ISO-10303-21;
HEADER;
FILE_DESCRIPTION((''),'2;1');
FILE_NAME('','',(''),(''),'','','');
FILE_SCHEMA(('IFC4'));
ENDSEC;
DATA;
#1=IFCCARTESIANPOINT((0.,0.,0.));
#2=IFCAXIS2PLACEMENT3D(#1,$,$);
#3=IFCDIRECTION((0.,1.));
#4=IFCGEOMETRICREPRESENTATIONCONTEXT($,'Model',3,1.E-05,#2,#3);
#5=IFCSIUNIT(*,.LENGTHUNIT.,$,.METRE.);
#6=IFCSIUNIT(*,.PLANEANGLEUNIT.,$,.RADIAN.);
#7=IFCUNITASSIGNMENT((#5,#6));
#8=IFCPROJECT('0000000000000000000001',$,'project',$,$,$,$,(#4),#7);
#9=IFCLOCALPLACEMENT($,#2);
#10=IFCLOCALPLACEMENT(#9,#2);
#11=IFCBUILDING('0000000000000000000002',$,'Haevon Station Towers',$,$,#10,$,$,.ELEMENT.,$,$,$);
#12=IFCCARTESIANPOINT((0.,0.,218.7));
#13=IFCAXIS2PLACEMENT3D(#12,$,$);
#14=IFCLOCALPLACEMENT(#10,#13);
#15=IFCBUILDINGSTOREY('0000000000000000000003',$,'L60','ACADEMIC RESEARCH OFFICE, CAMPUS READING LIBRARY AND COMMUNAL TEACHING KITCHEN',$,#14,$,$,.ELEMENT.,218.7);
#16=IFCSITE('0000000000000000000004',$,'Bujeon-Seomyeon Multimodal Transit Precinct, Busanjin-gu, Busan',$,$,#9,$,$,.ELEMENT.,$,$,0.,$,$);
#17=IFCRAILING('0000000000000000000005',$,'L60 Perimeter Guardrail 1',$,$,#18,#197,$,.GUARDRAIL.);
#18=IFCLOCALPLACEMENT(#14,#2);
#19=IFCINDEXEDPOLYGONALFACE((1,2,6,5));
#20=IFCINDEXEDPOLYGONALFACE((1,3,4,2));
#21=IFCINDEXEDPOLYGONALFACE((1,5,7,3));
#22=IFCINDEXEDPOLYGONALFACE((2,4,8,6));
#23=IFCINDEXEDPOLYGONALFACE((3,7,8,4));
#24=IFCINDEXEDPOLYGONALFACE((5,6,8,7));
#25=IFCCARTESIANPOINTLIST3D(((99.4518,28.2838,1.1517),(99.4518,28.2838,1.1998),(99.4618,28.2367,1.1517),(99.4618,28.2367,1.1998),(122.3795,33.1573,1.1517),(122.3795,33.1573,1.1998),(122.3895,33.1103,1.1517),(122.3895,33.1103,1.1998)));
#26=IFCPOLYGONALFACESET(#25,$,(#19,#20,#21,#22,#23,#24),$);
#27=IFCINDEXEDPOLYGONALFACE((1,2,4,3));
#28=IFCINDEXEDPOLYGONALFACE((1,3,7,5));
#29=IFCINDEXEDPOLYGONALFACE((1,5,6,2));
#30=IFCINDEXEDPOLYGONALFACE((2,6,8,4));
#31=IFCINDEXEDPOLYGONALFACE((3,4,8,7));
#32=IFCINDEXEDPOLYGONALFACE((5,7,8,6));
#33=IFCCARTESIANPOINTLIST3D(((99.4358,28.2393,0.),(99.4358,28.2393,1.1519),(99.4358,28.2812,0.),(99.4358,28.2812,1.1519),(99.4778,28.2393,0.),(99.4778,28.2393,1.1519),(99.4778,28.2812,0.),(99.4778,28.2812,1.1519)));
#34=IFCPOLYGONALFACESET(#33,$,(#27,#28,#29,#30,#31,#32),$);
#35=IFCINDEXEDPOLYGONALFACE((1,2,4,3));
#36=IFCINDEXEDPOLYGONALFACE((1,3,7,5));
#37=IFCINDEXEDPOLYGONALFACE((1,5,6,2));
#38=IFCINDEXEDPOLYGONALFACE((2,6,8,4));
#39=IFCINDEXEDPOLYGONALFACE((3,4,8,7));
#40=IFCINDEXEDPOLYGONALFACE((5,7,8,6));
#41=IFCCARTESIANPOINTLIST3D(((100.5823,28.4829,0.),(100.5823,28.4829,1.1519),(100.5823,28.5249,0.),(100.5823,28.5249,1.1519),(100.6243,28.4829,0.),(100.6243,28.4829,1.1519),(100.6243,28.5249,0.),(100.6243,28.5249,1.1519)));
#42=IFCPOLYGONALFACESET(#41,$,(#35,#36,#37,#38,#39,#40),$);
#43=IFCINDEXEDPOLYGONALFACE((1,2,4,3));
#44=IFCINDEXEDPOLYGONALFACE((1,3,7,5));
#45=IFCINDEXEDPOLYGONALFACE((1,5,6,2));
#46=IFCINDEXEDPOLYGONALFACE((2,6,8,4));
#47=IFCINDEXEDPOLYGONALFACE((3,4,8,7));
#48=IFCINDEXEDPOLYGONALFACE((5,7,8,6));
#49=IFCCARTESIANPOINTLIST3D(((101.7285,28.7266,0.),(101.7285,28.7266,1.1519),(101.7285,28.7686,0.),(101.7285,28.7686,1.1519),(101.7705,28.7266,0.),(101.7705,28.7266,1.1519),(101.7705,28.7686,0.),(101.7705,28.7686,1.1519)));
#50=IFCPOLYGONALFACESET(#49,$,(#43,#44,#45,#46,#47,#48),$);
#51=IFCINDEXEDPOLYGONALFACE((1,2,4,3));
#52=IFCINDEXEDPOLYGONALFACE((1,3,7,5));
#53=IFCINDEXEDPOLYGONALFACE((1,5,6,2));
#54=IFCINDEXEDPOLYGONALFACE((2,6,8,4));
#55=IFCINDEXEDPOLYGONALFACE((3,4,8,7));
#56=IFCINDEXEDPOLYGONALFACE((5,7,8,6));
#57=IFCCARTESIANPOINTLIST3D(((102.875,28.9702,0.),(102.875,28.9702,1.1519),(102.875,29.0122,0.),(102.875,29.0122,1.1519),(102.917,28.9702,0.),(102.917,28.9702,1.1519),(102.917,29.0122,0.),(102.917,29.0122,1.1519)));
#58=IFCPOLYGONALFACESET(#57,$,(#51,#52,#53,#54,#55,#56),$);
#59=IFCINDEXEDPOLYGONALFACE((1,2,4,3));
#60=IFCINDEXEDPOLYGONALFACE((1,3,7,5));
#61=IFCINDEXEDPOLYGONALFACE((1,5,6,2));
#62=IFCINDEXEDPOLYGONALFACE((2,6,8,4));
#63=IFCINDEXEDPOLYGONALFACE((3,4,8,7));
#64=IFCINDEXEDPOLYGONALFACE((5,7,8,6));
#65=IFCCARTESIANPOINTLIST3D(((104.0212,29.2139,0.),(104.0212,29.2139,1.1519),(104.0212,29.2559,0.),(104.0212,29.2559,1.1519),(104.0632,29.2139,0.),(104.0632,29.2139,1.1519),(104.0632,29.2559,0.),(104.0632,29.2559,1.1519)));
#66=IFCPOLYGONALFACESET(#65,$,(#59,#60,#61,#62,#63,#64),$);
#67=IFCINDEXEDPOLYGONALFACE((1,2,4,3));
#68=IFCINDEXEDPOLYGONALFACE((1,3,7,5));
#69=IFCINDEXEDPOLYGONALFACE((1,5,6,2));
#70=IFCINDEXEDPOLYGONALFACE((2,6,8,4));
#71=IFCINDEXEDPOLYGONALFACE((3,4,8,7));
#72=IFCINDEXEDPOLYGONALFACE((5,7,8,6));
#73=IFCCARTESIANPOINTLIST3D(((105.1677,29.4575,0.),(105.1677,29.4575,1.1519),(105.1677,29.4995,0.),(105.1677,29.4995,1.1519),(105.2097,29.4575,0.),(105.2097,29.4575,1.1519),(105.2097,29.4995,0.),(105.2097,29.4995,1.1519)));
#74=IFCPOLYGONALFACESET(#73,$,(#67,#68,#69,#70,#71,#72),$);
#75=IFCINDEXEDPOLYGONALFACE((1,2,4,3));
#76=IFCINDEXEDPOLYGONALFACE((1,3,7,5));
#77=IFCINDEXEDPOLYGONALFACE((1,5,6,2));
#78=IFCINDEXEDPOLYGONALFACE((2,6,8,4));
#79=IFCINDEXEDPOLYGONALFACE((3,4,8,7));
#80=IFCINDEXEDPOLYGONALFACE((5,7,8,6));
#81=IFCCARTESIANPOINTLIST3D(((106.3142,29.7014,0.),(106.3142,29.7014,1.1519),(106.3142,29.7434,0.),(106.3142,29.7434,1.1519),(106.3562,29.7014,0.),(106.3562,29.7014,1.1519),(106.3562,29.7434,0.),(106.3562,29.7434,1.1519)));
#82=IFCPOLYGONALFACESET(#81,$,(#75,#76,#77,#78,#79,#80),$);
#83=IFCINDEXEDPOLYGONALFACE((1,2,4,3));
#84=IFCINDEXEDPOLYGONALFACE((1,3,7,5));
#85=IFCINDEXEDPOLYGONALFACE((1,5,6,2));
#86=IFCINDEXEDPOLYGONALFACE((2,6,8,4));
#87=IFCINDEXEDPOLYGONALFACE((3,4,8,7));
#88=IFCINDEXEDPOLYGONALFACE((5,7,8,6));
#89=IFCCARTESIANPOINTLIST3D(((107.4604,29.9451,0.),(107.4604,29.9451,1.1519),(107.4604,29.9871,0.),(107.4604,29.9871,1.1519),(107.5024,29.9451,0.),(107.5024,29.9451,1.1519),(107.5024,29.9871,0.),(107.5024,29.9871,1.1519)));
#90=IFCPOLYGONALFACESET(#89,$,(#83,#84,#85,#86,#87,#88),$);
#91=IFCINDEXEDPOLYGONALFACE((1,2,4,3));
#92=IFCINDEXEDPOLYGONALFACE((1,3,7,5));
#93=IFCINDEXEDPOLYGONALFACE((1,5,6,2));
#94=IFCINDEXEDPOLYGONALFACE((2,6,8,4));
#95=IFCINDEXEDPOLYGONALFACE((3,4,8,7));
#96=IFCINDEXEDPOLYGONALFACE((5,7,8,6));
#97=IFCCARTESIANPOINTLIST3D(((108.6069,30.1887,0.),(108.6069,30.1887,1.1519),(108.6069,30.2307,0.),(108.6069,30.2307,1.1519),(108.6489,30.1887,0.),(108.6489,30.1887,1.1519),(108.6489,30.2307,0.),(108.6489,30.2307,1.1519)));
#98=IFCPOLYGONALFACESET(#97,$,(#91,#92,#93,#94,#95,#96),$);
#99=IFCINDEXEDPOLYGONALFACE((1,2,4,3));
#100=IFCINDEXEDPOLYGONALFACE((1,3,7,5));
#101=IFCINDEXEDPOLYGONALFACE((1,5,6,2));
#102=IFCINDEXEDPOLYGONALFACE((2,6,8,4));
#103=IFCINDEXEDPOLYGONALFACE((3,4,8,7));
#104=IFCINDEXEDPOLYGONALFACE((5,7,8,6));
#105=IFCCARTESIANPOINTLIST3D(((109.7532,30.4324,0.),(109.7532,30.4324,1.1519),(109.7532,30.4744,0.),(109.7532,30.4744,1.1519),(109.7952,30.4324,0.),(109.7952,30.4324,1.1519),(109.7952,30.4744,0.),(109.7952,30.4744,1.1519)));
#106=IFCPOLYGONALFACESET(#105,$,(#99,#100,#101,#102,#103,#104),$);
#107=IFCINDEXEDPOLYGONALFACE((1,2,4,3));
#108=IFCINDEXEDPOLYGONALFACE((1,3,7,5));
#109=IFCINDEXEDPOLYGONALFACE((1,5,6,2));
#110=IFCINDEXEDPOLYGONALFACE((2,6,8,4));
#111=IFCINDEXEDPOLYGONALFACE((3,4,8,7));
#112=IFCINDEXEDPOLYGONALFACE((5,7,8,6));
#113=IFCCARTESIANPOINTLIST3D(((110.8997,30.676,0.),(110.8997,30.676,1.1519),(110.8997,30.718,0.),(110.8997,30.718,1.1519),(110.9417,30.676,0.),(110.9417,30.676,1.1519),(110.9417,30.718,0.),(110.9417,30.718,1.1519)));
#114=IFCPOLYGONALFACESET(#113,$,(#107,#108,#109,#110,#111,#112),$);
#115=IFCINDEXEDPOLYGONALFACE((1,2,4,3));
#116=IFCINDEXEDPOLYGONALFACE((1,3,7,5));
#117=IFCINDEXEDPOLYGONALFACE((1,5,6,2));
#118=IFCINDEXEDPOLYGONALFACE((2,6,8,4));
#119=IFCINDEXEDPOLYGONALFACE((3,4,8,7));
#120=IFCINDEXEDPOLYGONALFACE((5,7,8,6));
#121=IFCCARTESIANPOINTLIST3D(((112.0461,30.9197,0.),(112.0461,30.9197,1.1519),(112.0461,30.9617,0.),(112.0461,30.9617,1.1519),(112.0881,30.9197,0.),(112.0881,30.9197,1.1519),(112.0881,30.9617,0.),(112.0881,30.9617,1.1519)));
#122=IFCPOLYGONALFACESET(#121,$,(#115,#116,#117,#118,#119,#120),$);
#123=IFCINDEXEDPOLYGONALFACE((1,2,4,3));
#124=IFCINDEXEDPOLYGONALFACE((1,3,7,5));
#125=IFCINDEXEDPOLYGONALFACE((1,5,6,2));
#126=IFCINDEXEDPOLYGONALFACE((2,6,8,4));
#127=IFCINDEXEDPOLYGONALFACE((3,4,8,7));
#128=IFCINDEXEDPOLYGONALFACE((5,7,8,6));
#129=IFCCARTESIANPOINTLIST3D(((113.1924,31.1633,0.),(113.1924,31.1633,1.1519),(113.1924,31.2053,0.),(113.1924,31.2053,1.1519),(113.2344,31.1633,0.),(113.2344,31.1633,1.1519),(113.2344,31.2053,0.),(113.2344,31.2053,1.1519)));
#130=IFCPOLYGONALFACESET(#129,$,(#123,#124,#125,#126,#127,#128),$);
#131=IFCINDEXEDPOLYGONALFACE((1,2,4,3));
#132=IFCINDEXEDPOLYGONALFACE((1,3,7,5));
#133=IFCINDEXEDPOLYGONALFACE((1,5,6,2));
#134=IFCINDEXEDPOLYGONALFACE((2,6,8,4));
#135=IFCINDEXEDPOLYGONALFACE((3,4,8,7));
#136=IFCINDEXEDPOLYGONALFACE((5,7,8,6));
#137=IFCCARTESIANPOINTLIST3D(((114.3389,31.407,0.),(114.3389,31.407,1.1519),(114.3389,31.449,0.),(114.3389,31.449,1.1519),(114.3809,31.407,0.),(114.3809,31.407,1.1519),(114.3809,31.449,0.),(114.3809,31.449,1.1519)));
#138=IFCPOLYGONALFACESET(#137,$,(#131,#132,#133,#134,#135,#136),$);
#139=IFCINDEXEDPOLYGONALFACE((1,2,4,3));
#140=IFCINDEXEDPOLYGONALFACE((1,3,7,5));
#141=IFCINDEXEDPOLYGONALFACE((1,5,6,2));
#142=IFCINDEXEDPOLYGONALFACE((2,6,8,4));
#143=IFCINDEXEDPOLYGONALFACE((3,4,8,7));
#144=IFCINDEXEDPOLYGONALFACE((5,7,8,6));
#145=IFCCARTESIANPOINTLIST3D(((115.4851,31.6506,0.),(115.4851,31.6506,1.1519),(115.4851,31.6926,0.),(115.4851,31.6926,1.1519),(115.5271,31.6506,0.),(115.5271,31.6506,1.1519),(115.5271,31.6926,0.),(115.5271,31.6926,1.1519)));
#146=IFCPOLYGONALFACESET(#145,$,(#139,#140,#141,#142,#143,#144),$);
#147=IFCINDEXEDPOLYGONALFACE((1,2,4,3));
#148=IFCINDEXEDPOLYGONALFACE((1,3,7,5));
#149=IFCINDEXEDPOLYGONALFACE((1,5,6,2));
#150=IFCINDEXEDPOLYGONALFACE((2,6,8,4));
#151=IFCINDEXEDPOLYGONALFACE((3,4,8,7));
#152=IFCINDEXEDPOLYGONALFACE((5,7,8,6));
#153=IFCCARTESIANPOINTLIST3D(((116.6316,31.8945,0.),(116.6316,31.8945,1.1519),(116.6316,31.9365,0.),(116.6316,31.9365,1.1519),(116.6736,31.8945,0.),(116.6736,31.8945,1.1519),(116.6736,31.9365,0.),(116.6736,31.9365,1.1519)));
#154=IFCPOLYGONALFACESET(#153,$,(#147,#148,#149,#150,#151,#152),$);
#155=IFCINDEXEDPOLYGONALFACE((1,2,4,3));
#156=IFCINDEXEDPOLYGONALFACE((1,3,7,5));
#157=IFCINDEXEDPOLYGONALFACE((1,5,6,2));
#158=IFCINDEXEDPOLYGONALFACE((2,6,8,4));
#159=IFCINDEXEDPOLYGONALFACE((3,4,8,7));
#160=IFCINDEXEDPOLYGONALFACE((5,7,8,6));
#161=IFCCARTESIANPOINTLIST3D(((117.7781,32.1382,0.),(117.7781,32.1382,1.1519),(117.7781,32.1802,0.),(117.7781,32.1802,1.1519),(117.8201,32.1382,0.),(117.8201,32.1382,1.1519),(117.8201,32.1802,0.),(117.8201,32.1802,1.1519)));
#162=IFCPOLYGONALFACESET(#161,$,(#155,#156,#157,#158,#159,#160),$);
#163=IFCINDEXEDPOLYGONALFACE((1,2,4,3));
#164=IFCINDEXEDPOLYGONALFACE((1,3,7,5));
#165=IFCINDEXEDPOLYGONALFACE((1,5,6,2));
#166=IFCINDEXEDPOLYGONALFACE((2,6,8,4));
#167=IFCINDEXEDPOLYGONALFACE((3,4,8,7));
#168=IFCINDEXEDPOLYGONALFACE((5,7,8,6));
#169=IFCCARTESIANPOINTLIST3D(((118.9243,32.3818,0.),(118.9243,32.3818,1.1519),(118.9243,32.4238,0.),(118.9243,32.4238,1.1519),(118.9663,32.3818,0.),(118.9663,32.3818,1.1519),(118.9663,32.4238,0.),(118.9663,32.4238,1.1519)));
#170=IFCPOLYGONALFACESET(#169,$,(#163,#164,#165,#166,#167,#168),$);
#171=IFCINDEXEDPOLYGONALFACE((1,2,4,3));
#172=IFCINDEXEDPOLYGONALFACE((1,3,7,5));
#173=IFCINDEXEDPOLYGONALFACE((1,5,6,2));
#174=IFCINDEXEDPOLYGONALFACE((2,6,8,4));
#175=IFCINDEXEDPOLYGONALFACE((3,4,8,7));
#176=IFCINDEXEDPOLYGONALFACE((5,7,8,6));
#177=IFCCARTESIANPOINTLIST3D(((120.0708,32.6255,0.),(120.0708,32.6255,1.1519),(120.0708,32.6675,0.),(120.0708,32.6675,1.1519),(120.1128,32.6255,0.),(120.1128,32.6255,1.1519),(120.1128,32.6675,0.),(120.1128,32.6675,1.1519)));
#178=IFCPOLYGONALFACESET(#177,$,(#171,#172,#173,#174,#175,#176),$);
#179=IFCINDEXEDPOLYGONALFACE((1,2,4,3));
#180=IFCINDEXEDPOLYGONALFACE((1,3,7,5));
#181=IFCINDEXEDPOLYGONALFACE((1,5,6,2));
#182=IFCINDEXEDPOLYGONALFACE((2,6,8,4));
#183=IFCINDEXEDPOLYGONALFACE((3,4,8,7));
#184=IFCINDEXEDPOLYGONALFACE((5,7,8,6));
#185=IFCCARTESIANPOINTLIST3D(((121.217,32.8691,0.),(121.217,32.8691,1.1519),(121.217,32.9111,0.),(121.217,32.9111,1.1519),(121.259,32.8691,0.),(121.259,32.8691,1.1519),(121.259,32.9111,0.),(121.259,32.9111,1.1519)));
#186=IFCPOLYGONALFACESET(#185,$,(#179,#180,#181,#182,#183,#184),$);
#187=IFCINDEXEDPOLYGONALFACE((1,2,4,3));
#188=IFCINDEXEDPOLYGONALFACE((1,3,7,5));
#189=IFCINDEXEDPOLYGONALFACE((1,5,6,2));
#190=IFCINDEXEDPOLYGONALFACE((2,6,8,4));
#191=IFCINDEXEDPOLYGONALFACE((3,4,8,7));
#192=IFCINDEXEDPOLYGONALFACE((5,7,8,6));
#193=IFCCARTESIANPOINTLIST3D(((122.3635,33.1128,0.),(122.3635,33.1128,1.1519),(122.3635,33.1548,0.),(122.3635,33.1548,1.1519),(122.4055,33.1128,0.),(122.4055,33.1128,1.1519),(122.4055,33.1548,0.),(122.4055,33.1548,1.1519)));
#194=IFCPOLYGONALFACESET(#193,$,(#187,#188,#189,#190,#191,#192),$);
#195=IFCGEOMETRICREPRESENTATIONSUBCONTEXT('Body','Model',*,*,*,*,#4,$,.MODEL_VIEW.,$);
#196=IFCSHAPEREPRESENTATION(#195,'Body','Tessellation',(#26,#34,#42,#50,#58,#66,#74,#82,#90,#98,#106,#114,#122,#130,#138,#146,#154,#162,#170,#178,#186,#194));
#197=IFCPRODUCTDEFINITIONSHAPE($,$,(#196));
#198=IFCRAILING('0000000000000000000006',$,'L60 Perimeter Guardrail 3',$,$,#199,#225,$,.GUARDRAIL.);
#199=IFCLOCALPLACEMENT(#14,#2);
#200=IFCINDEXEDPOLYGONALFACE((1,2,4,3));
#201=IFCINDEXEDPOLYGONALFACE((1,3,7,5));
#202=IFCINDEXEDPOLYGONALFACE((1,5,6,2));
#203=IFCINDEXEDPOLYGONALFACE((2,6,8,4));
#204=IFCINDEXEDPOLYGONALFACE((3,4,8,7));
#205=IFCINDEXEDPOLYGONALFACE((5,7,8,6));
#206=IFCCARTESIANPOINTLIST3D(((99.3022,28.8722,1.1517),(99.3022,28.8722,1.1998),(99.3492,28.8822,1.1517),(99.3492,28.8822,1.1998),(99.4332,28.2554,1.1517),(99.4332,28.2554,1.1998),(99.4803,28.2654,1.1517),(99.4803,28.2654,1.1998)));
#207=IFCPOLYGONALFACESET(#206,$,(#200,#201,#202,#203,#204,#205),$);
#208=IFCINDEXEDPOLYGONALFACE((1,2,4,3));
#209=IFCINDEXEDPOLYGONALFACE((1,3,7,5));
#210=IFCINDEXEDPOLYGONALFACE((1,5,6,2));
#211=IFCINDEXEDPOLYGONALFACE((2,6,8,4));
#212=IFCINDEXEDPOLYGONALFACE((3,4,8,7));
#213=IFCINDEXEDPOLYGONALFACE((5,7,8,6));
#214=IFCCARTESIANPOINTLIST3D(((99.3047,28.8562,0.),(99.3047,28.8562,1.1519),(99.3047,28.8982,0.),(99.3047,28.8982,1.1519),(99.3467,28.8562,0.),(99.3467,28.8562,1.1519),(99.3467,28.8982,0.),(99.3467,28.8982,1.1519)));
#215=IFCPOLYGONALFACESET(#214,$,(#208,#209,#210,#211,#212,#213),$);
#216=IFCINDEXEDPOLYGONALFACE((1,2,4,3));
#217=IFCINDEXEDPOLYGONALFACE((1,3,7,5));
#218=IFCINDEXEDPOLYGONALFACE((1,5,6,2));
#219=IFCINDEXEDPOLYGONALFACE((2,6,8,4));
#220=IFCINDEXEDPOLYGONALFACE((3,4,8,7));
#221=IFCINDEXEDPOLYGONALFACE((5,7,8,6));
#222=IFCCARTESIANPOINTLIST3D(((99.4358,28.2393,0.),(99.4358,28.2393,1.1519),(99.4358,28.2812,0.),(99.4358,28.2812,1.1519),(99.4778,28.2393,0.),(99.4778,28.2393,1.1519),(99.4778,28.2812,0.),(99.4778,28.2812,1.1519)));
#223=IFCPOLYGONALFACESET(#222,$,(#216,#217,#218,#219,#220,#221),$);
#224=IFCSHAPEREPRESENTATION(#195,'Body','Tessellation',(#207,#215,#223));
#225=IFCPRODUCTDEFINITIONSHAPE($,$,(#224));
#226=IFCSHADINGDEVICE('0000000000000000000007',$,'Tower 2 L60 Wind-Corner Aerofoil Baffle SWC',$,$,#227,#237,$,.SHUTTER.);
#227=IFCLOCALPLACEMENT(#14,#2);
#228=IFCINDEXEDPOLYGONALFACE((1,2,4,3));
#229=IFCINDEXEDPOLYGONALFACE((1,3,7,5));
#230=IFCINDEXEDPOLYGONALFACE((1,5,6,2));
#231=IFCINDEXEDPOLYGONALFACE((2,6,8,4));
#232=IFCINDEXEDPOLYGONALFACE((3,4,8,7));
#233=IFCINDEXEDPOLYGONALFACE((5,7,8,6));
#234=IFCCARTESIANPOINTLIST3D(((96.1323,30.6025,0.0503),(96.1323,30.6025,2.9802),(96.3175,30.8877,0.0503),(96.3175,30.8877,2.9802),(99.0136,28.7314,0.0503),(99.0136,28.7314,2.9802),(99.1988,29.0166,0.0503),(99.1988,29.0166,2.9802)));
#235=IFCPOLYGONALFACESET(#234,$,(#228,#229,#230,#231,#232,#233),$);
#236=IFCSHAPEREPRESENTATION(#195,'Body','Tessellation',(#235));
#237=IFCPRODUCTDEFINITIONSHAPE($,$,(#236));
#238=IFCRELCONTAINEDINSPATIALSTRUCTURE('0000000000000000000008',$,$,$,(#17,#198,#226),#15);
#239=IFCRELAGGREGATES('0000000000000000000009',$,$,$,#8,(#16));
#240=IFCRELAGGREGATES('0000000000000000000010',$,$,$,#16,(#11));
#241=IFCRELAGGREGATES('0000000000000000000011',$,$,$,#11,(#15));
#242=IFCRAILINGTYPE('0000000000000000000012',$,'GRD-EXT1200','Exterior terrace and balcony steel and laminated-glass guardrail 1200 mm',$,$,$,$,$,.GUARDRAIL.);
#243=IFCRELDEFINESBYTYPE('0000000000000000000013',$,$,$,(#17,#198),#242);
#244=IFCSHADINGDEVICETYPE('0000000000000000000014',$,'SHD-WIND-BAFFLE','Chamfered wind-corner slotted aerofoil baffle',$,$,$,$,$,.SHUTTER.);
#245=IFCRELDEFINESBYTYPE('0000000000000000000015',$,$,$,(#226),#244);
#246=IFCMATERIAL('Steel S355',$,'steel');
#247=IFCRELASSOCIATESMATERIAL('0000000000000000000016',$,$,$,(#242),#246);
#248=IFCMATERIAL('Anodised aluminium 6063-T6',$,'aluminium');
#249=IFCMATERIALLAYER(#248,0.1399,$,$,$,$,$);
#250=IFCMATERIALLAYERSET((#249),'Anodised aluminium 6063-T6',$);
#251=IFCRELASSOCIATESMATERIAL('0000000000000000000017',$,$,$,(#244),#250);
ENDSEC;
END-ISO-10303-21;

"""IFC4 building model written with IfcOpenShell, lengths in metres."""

from ifc_helpers import new_model, si_unit, direction, frame, origin, origin_2d, place, context, subcontext, project, spatial, rectangle, extrude, material, layer, layer_set, type_object, element, save


model = new_model("IFC4")

# Units and contexts
model_context = context("Model", 3, precision=1e-05, world=origin(), true_north=direction((0.0, 1.0)))
body_context = subcontext(model_context, "Body", "Model", "MODEL_VIEW")
ifc_project = project(units=[si_unit("LENGTHUNIT", "METRE"), si_unit("PLANEANGLEUNIT", "RADIAN")], contexts=[model_context])

# Site, building, storey
site_placement = place(None, origin())
site = spatial("IfcSite", under=ifc_project, at=site_placement, Name="Bujeon-Seomyeon Multimodal Transit Precinct, Busanjin-gu, Busan", CompositionType="ELEMENT", RefElevation=0.0)
building_placement = place(site_placement, origin())
building = spatial("IfcBuilding", under=site, at=building_placement, Name="Haevon Station Towers", CompositionType="ELEMENT")
storey_placement = place(building_placement, frame((0.0, 0.0, 218.7)))
storey = spatial("IfcBuildingStorey", under=building, at=storey_placement, Name="L60", Description="ACADEMIC RESEARCH OFFICE, CAMPUS READING LIBRARY AND COMMUNAL TEACHING KITCHEN", CompositionType="ELEMENT", Elevation=218.7)

# Shared definitions
ifc_material_1 = material(Name="Steel S355", Category="steel")

# Railings
railing_type = type_object("IfcRailingType", Name="GRD-EXT1200", Description="Exterior terrace and balcony steel and laminated-glass guardrail 1200 mm", PredefinedType="GUARDRAIL", material=ifc_material_1)
railing_1_placement = place(storey_placement, frame((99.4568, 28.2603, 0.0)))
element("IfcRailing", 1, at=railing_1_placement, inside=storey, type_object=railing_type, Name="L60 Perimeter Guardrail 1", PredefinedType="GUARDRAIL", context=body_context, shape_type="SweptSolid", body=[
    extrude(rectangle(XDim=0.0481, YDim=0.0481, at=origin_2d()), frame((0.0, 0.0, 1.1758), z_axis=(0.978147, 0.207916, 0.0), x_axis=(-0.207916, 0.978147, 0.0)), (0.0, 0.0, 1.0), 23.4399),
    extrude(rectangle(XDim=0.042, YDim=0.042, at=origin_2d()), origin(), (0.0, 0.0, 1.0), 1.1519),
    extrude(rectangle(XDim=0.042, YDim=0.042, at=origin_2d()), frame((1.1465, 0.2437, 0.0)), (0.0, 0.0, 1.0), 1.1519),
    extrude(rectangle(XDim=0.042, YDim=0.042, at=origin_2d()), frame((2.2927, 0.4873, 0.0)), (0.0, 0.0, 1.0), 1.1519),
    extrude(rectangle(XDim=0.042, YDim=0.042, at=origin_2d()), frame((3.4392, 0.731, 0.0)), (0.0, 0.0, 1.0), 1.1519),
    extrude(rectangle(XDim=0.042, YDim=0.042, at=origin_2d()), frame((4.5854, 0.9746, 0.0)), (0.0, 0.0, 1.0), 1.1519),
    extrude(rectangle(XDim=0.042, YDim=0.042, at=origin_2d()), frame((5.7319, 1.2183, 0.0)), (0.0, 0.0, 1.0), 1.1519),
    extrude(rectangle(XDim=0.042, YDim=0.042, at=origin_2d()), frame((6.8784, 1.4622, 0.0)), (0.0, 0.0, 1.0), 1.1519),
    extrude(rectangle(XDim=0.042, YDim=0.042, at=origin_2d()), frame((8.0247, 1.7058, 0.0)), (0.0, 0.0, 1.0), 1.1519),
    extrude(rectangle(XDim=0.042, YDim=0.042, at=origin_2d()), frame((9.1711, 1.9495, 0.0)), (0.0, 0.0, 1.0), 1.1519),
    extrude(rectangle(XDim=0.042, YDim=0.042, at=origin_2d()), frame((10.3174, 2.1931, 0.0)), (0.0, 0.0, 1.0), 1.1519),
    extrude(rectangle(XDim=0.042, YDim=0.042, at=origin_2d()), frame((11.4639, 2.4368, 0.0)), (0.0, 0.0, 1.0), 1.1519),
    extrude(rectangle(XDim=0.042, YDim=0.042, at=origin_2d()), frame((12.6104, 2.6804, 0.0)), (0.0, 0.0, 1.0), 1.1519),
    extrude(rectangle(XDim=0.042, YDim=0.042, at=origin_2d()), frame((13.7566, 2.9241, 0.0)), (0.0, 0.0, 1.0), 1.1519),
    extrude(rectangle(XDim=0.042, YDim=0.042, at=origin_2d()), frame((14.9031, 3.1677, 0.0)), (0.0, 0.0, 1.0), 1.1519),
    extrude(rectangle(XDim=0.042, YDim=0.042, at=origin_2d()), frame((16.0493, 3.4114, 0.0)), (0.0, 0.0, 1.0), 1.1519),
    extrude(rectangle(XDim=0.042, YDim=0.042, at=origin_2d()), frame((17.1958, 3.6553, 0.0)), (0.0, 0.0, 1.0), 1.1519),
    extrude(rectangle(XDim=0.042, YDim=0.042, at=origin_2d()), frame((18.3423, 3.8989, 0.0)), (0.0, 0.0, 1.0), 1.1519),
    extrude(rectangle(XDim=0.042, YDim=0.042, at=origin_2d()), frame((19.4885, 4.1426, 0.0)), (0.0, 0.0, 1.0), 1.1519),
    extrude(rectangle(XDim=0.042, YDim=0.042, at=origin_2d()), frame((20.635, 4.3862, 0.0)), (0.0, 0.0, 1.0), 1.1519),
    extrude(rectangle(XDim=0.042, YDim=0.042, at=origin_2d()), frame((21.7812, 4.6299, 0.0)), (0.0, 0.0, 1.0), 1.1519),
    extrude(rectangle(XDim=0.042, YDim=0.042, at=origin_2d()), frame((22.9277, 4.8735, 0.0)), (0.0, 0.0, 1.0), 1.1519),
])
railing_2_placement = place(storey_placement, frame((99.3257, 28.8772, 0.0)))
element("IfcRailing", 2, at=railing_2_placement, inside=storey, type_object=railing_type, Name="L60 Perimeter Guardrail 3", PredefinedType="GUARDRAIL", context=body_context, shape_type="SweptSolid", body=[
    extrude(rectangle(XDim=0.0481, YDim=0.0481, at=origin_2d()), frame((0.0, 0.0, 1.1758), z_axis=(0.207863, -0.978158, 0.0), x_axis=(0.978158, 0.207863, 0.0)), (0.0, 0.0, 1.0), 0.6306),
    extrude(rectangle(XDim=0.042, YDim=0.042, at=origin_2d()), origin(), (0.0, 0.0, 1.0), 1.1519),
    extrude(rectangle(XDim=0.042, YDim=0.042, at=origin_2d()), frame((0.1311, -0.6169, 0.0)), (0.0, 0.0, 1.0), 1.1519),
])

# Shading device
ifc_material_2 = material(Name="Anodised aluminium 6063-T6", Category="aluminium")
ifc_layer_1 = layer(ifc_material_2, 0.1399)
ifc_layer_set_1 = layer_set([ifc_layer_1], Name="Anodised aluminium 6063-T6")
shading_device_type = type_object("IfcShadingDeviceType", Name="SHD-WIND-BAFFLE", Description="Chamfered wind-corner slotted aerofoil baffle", PredefinedType="SHUTTER", material=ifc_layer_set_1)
shading_device_placement = place(storey_placement, frame((97.6655, 29.8096, 0.0503), z_axis=(0.0, 0.0, 1.0), x_axis=(-0.838671, 0.544639, 0.0)))
element("IfcShadingDevice", 3, at=shading_device_placement, inside=storey, type_object=shading_device_type, Name="Tower 2 L60 Wind-Corner Aerofoil Baffle SWC", PredefinedType="SHUTTER", context=body_context, shape_type="SweptSolid", body=[
    extrude(rectangle(XDim=3.4355, YDim=0.3401, at=origin_2d()), origin(), (0.0, 0.0, 1.0), 2.9299),
])

save(model, "model.ifc")
